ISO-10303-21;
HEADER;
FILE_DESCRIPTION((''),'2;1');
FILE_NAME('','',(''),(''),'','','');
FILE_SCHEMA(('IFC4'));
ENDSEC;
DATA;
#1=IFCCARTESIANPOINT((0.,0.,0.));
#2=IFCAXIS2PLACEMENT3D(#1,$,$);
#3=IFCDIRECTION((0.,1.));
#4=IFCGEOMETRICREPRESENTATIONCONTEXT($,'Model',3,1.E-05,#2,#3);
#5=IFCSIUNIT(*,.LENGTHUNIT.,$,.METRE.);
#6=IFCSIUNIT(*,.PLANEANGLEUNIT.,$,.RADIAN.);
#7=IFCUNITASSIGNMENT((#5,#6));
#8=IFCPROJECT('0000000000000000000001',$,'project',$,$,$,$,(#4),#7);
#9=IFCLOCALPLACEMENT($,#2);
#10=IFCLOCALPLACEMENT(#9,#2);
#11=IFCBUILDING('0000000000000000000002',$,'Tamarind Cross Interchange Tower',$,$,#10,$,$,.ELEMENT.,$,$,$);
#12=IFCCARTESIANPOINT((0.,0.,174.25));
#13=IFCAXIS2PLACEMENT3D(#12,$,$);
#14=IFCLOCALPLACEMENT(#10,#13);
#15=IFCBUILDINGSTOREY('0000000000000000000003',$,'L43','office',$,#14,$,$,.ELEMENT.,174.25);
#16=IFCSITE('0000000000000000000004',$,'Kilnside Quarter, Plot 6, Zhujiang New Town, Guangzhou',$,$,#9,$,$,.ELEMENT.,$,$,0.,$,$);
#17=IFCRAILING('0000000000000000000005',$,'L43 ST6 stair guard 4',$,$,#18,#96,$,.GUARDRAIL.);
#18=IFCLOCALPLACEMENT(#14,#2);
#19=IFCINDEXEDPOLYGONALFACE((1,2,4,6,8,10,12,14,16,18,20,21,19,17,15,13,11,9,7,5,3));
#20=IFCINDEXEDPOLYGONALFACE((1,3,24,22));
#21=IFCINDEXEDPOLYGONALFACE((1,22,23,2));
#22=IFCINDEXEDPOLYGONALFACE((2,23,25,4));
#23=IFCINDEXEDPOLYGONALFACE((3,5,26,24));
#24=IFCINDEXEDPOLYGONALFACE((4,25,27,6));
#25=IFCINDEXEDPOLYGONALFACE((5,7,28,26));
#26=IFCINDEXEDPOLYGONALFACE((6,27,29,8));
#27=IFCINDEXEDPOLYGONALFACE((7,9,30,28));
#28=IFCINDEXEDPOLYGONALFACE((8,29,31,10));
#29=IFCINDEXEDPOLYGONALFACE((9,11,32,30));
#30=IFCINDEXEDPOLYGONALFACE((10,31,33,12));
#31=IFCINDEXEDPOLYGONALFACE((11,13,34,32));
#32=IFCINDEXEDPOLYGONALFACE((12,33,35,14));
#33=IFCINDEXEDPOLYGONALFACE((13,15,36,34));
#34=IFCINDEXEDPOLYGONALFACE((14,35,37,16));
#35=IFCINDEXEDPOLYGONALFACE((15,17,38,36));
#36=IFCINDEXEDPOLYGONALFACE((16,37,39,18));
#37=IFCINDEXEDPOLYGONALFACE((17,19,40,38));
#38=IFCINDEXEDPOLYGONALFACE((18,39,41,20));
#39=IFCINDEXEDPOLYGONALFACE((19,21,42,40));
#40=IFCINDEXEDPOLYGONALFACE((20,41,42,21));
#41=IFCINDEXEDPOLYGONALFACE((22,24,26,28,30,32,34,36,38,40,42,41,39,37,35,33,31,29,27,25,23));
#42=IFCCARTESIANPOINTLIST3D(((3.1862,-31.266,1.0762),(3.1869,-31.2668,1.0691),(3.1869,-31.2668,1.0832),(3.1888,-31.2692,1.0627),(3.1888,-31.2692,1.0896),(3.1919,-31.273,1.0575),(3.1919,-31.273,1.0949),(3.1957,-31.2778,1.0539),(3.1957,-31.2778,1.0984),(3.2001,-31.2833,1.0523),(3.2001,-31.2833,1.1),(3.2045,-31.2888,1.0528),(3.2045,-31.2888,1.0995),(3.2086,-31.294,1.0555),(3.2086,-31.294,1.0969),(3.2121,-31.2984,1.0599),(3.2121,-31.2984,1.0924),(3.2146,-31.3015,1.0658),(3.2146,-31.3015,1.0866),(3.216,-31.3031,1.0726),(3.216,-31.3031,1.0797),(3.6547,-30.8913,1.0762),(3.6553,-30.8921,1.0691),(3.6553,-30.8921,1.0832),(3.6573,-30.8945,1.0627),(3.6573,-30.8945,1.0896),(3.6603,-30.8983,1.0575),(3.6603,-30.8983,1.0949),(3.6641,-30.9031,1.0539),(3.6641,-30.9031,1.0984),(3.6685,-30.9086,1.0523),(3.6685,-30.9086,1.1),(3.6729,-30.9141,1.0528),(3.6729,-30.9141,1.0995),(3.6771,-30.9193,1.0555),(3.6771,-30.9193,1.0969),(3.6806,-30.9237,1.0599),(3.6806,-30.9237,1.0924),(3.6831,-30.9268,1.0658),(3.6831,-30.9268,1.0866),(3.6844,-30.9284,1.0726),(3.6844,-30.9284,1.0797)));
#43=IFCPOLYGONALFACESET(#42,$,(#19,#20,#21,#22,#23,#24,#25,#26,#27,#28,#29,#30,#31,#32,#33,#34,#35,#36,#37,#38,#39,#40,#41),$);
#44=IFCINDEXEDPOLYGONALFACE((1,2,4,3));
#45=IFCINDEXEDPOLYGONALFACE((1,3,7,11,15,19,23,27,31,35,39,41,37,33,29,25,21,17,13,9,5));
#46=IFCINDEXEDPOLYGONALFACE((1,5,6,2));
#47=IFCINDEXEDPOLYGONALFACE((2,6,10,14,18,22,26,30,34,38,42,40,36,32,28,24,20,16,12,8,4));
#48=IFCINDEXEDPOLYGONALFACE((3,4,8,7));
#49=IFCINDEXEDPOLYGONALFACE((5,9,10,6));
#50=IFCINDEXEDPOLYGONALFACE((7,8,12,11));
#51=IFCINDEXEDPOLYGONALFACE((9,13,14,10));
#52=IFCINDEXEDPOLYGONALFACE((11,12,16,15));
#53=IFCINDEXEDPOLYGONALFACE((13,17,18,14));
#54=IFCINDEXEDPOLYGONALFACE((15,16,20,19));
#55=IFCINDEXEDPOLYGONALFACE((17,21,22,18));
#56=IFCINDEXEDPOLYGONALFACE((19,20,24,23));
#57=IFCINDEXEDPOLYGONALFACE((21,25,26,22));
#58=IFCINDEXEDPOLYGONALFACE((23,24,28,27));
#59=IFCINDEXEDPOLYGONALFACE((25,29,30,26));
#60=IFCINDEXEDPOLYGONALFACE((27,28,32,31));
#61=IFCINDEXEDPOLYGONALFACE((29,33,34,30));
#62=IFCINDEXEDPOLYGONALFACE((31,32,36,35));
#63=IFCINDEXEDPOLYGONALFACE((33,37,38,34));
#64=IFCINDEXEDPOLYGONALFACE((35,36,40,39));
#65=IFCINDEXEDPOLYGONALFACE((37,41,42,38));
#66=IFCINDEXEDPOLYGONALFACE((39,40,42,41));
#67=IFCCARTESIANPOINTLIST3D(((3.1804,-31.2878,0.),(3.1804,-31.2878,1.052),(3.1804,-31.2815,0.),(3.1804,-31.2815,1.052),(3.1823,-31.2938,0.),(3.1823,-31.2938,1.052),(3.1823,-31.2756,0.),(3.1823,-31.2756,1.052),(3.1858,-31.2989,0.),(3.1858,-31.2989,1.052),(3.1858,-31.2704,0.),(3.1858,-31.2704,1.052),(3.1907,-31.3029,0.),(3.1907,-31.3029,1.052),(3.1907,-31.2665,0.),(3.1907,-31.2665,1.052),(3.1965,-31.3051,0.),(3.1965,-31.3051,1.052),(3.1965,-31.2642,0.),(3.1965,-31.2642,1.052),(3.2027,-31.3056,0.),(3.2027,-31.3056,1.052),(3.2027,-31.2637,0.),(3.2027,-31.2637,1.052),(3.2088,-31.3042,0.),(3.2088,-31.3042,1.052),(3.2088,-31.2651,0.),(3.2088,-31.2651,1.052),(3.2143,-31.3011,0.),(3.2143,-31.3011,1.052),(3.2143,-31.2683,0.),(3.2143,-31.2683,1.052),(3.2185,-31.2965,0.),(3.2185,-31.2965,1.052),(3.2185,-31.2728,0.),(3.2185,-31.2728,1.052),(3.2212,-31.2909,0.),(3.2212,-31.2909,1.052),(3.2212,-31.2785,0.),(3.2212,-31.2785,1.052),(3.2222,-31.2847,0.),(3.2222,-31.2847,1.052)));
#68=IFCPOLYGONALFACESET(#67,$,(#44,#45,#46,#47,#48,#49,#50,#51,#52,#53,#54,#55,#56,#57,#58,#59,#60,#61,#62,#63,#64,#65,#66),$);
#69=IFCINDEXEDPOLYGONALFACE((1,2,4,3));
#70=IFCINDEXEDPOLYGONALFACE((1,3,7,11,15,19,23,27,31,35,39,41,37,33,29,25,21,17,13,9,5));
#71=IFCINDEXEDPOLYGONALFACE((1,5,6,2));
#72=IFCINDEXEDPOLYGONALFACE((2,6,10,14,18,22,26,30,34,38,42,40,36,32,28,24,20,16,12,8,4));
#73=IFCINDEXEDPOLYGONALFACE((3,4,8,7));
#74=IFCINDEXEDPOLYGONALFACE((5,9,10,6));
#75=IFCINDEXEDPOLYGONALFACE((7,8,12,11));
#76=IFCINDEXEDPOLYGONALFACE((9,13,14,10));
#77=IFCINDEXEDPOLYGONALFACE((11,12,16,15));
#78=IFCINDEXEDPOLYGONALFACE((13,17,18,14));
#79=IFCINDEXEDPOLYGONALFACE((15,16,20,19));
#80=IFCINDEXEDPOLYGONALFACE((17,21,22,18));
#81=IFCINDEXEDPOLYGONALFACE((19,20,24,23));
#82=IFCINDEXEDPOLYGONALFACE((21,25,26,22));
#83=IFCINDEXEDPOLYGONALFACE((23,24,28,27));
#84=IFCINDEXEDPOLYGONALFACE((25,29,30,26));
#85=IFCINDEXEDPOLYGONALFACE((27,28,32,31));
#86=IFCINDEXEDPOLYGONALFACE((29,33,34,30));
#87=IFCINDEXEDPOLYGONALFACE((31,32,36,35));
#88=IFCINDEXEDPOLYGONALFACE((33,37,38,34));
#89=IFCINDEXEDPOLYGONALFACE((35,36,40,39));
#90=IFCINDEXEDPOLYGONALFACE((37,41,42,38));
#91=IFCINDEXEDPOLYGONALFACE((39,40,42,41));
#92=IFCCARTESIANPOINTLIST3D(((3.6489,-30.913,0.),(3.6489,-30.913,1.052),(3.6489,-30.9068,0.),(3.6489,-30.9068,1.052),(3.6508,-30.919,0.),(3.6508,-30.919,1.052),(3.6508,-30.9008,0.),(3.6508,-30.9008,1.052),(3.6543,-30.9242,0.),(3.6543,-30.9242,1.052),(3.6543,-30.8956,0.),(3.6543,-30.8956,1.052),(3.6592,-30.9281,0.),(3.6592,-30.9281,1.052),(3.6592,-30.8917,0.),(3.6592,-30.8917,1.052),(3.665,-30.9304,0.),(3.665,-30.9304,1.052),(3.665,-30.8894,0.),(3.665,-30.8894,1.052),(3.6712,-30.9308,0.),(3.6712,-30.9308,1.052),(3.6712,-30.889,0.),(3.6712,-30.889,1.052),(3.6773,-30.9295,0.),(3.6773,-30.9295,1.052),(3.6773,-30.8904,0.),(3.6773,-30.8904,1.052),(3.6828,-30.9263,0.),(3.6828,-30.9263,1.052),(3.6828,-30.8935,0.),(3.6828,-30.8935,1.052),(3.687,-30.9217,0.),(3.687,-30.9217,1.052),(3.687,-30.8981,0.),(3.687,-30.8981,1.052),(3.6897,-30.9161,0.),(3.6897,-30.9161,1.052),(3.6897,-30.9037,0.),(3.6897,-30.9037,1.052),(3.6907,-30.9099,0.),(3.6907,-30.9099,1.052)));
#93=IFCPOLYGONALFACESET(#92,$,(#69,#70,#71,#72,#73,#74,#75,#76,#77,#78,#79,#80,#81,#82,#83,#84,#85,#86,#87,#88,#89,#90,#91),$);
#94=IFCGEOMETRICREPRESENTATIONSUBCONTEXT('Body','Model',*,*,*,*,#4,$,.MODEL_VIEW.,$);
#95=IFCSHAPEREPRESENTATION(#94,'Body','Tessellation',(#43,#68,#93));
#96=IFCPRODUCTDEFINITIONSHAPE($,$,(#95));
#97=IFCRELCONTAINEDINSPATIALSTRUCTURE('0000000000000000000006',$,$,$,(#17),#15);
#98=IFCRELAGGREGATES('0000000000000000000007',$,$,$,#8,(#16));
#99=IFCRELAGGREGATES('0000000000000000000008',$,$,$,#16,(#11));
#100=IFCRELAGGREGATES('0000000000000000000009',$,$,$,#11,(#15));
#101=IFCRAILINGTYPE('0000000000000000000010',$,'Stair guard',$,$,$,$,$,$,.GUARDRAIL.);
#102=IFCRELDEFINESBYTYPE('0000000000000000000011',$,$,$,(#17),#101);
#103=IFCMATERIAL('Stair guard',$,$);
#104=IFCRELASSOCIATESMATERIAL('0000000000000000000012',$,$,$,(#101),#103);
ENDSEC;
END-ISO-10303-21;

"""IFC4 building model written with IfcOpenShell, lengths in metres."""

from ifc_helpers import new_model, si_unit, direction, frame, origin, origin_2d, place, context, subcontext, project, spatial, circle, extrude, material, type_object, element, save


model = new_model("IFC4")

# Units and contexts
model_context = context("Model", 3, precision=1e-05, world=origin(), true_north=direction((0.0, 1.0)))
body_context = subcontext(model_context, "Body", "Model", "MODEL_VIEW")
ifc_project = project(units=[si_unit("LENGTHUNIT", "METRE"), si_unit("PLANEANGLEUNIT", "RADIAN")], contexts=[model_context])

# Site, building, storey
site_placement = place(None, origin())
site = spatial("IfcSite", under=ifc_project, at=site_placement, Name="Kilnside Quarter, Plot 6, Zhujiang New Town, Guangzhou", CompositionType="ELEMENT", RefElevation=0.0)
building_placement = place(site_placement, origin())
building = spatial("IfcBuilding", under=site, at=building_placement, Name="Tamarind Cross Interchange Tower", CompositionType="ELEMENT")
storey_placement = place(building_placement, frame((0.0, 0.0, 174.25)))
storey = spatial("IfcBuildingStorey", under=building, at=storey_placement, Name="L43", Description="office", CompositionType="ELEMENT", Elevation=174.25)

# Railing
ifc_material_1 = material(Name="Stair guard")
railing_type = type_object("IfcRailingType", Name="Stair guard", PredefinedType="GUARDRAIL", material=ifc_material_1)
railing_placement = place(storey_placement, frame((3.2012, -31.2847, 0.0)))
element("IfcRailing", 1, at=railing_placement, inside=storey, type_object=railing_type, Name="L43 ST6 stair guard 4", PredefinedType="GUARDRAIL", context=body_context, shape_type="SweptSolid", body=[
    extrude(circle(Radius=0.0239, at=origin_2d()), frame((0.0, 0.0, 1.0762), z_axis=(0.780909, 0.624645, 0.0), x_axis=(-0.624645, 0.780909, 0.0)), (0.0, 0.0, 1.0), 0.5999),
    extrude(circle(Radius=0.021, at=origin_2d()), origin(), (0.0, 0.0, 1.0), 1.052),
    extrude(circle(Radius=0.021, at=origin_2d()), frame((0.4685, 0.3748, 0.0)), (0.0, 0.0, 1.0), 1.052),
])

save(model, "model.ifc")
